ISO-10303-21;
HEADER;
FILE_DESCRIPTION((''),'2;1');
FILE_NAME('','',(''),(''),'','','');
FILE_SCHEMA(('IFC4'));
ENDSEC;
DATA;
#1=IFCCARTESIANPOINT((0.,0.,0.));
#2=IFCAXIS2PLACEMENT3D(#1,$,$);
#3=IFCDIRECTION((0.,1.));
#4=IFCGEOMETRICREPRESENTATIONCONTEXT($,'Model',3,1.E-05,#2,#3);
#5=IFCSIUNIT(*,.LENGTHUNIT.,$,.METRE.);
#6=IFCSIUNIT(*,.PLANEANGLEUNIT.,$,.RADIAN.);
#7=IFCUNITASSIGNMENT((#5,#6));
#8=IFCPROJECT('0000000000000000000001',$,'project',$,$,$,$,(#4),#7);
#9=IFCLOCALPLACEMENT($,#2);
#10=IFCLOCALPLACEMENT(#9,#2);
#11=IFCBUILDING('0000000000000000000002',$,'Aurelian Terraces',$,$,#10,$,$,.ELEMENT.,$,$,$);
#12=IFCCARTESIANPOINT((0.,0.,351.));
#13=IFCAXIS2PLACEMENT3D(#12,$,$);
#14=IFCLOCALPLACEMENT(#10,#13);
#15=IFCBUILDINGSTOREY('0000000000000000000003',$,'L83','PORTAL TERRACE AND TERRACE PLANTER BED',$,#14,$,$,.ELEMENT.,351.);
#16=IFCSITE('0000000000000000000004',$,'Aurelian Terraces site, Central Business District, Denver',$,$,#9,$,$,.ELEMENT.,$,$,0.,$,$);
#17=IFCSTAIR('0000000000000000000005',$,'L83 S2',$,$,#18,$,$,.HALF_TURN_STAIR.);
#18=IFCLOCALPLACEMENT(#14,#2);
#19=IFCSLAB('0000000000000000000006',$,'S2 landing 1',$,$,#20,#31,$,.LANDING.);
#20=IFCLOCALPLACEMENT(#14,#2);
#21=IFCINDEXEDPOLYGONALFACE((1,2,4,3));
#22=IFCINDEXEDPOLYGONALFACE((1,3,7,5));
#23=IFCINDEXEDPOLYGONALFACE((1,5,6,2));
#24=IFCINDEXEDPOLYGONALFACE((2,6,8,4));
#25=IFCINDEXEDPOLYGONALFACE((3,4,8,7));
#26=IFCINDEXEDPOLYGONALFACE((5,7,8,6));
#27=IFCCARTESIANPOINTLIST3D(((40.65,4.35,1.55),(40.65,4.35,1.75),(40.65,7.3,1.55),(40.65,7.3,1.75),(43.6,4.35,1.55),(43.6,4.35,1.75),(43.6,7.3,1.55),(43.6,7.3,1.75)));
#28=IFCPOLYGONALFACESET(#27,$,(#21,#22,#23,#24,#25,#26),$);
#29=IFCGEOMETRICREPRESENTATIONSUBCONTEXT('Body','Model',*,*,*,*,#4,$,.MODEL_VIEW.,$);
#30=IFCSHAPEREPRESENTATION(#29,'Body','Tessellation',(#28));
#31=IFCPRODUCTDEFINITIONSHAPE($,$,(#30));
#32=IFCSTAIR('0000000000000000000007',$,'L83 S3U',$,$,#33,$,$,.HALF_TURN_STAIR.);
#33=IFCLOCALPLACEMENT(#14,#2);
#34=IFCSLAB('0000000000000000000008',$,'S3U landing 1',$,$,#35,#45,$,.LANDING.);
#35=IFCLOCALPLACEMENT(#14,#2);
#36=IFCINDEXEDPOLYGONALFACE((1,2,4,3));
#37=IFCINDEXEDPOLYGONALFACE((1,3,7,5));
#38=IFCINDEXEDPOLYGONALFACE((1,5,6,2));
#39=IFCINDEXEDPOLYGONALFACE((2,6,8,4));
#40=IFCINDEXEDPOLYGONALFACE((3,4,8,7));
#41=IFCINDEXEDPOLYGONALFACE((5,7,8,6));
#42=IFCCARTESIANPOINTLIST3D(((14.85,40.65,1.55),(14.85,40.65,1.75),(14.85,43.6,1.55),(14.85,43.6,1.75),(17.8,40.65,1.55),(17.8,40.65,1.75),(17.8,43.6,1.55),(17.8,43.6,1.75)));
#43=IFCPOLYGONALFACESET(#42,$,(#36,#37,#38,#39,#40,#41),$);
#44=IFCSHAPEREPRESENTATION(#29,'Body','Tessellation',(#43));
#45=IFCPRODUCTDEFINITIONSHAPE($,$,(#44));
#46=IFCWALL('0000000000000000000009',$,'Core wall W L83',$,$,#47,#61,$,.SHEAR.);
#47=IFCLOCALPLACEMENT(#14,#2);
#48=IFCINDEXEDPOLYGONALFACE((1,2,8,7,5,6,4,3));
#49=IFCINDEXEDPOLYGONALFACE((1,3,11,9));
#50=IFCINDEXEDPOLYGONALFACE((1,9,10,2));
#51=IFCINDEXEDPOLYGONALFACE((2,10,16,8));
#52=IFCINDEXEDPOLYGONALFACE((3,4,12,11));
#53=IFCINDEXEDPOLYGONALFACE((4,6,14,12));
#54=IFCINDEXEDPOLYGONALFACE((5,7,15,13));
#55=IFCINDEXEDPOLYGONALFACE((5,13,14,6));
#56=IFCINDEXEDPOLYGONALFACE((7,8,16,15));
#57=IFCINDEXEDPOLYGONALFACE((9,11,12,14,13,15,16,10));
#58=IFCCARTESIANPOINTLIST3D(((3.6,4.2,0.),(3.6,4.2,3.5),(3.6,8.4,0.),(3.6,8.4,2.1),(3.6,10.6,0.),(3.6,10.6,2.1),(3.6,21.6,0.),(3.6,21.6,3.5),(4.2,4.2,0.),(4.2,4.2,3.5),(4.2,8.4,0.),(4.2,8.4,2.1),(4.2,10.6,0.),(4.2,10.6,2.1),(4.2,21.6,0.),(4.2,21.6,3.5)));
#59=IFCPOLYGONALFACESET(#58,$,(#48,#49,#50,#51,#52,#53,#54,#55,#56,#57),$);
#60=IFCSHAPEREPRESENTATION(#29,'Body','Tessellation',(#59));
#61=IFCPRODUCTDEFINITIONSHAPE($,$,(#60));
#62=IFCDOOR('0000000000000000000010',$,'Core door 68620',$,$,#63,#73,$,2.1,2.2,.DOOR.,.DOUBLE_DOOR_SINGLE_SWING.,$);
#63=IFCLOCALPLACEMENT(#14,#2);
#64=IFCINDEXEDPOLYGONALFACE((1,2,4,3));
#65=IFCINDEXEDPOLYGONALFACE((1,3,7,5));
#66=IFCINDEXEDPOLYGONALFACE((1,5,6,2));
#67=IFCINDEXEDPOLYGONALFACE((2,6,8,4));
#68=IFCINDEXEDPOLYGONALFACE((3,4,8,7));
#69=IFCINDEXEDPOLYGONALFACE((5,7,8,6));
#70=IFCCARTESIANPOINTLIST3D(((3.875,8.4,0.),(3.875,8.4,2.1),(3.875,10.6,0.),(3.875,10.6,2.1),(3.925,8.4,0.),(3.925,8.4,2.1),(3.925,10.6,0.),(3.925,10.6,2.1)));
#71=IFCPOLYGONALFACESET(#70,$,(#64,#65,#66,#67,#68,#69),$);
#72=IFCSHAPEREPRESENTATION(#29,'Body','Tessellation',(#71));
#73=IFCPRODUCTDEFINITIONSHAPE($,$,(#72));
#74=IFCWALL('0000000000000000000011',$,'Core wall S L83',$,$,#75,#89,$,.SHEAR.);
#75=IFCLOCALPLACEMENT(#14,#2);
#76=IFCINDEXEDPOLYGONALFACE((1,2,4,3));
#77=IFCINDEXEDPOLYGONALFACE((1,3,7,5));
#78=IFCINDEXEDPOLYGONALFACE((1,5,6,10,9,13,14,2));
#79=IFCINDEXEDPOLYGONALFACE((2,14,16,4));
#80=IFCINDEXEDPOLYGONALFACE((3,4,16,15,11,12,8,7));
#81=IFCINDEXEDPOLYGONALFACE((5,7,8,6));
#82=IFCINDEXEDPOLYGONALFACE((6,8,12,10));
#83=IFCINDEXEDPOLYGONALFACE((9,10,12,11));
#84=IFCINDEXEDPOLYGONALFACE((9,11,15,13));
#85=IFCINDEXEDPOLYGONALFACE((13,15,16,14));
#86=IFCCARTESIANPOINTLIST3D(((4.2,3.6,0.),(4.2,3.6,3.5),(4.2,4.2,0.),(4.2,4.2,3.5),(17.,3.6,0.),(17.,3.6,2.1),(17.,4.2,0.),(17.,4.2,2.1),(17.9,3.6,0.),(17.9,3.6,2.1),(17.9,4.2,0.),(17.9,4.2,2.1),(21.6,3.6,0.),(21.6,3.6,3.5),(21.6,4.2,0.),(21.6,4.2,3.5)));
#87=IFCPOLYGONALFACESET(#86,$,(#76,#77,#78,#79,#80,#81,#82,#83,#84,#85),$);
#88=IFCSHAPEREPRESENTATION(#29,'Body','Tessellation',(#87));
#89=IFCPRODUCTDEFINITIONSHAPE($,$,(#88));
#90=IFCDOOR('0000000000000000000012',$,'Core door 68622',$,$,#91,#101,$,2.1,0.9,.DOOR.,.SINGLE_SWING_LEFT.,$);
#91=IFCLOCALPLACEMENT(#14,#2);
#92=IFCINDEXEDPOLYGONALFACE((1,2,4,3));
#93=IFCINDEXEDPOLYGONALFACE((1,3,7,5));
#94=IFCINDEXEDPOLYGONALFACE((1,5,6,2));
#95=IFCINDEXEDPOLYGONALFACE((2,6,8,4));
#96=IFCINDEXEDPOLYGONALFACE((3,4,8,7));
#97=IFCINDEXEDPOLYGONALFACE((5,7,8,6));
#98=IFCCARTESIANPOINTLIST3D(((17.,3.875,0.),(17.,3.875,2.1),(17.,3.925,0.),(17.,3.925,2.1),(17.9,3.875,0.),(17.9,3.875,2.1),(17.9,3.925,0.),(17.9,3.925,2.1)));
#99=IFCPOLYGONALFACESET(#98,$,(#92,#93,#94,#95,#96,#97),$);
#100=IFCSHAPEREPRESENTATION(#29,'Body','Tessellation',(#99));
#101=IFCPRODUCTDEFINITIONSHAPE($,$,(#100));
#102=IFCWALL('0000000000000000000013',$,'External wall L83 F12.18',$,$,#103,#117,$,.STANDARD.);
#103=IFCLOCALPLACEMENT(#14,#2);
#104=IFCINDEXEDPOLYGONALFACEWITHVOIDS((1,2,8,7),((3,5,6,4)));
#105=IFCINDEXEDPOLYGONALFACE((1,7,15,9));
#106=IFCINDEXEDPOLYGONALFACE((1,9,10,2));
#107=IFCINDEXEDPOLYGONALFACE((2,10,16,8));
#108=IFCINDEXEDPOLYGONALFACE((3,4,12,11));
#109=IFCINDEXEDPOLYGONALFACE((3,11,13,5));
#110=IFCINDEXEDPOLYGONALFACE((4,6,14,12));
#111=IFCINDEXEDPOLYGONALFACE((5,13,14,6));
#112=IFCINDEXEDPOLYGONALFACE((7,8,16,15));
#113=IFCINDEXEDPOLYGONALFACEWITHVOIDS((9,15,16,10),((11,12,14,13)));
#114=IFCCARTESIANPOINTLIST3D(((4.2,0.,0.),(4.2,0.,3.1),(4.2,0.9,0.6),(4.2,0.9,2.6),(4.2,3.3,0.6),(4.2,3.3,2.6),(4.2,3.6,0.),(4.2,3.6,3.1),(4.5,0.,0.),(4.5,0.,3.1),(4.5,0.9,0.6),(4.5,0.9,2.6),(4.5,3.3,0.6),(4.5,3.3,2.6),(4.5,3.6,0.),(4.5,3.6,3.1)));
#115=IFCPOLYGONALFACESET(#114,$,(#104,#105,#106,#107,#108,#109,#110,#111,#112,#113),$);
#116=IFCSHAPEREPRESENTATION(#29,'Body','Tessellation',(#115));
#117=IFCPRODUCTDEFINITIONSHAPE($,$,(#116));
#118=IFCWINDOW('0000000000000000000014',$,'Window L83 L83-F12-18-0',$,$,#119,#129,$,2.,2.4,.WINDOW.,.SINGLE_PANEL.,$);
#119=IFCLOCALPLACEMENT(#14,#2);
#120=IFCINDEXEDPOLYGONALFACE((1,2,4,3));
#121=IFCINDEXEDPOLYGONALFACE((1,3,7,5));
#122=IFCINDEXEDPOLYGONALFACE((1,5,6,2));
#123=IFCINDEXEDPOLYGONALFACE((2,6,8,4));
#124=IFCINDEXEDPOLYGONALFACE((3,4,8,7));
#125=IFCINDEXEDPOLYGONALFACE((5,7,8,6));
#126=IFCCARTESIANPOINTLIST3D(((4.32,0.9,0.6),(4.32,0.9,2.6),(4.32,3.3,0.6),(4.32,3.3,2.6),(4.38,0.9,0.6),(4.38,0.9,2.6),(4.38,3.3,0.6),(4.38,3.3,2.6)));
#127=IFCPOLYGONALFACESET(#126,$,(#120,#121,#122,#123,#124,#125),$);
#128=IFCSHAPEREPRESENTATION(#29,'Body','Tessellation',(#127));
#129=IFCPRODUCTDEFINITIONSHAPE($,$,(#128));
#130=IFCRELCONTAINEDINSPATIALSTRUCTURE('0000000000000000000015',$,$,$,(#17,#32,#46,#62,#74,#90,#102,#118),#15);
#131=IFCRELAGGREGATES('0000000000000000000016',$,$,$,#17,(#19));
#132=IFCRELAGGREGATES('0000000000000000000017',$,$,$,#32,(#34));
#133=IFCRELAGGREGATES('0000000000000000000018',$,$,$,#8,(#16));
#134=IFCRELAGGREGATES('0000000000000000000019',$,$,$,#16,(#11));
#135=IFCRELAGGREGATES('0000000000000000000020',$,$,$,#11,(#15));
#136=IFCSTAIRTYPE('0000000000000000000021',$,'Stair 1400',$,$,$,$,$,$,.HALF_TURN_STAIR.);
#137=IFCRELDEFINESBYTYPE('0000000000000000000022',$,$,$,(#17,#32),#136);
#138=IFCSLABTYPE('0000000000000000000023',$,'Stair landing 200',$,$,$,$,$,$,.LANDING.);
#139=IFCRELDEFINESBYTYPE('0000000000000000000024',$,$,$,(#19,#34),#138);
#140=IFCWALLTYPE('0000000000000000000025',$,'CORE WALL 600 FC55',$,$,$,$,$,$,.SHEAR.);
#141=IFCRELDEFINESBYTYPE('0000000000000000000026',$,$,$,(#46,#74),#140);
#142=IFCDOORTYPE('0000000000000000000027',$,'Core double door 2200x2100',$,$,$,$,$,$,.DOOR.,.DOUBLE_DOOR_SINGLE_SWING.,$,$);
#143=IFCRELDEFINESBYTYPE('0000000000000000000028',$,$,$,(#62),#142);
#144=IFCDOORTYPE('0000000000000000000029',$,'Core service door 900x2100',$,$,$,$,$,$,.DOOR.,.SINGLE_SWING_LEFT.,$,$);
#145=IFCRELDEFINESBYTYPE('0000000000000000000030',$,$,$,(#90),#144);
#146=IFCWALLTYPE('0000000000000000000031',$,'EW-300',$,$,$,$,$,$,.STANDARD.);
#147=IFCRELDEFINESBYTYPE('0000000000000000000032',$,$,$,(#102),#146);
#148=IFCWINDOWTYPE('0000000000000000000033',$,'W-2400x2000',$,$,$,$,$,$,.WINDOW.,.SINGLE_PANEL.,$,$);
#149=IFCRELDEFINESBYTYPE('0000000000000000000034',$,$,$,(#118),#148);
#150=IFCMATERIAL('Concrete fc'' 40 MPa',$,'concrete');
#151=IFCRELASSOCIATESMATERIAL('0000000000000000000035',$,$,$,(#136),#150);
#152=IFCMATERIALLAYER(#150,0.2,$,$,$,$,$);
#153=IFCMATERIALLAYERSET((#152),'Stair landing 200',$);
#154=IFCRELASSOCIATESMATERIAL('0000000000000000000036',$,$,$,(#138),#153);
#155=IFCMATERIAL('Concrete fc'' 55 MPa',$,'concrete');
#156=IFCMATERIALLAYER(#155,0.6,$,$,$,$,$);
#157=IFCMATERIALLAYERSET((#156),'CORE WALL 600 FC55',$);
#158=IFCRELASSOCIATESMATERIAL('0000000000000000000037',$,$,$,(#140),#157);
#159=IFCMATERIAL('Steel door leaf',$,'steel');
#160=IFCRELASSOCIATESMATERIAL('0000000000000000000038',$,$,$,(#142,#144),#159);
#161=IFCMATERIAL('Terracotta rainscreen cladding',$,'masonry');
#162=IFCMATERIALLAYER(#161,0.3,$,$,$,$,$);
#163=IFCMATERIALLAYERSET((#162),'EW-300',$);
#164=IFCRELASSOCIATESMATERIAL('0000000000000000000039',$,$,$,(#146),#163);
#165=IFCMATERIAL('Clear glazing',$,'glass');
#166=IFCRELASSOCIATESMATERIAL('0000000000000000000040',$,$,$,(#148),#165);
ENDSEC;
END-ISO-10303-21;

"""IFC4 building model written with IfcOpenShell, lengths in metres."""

from ifc_helpers import new_model, si_unit, direction, frame, frame_2d, origin, place, context, subcontext, project, spatial, polyline, rectangle, outline, extrude, source, transform, mapped, material, layer, layer_set, type_object, element, fill, aggregate, save


model = new_model("IFC4")

# Units and contexts
model_context = context("Model", 3, precision=1e-05, world=origin(), true_north=direction((0.0, 1.0)))
body_context = subcontext(model_context, "Body", "Model", "MODEL_VIEW")
ifc_project = project(units=[si_unit("LENGTHUNIT", "METRE"), si_unit("PLANEANGLEUNIT", "RADIAN")], contexts=[model_context])

# Site, building, storey
site_placement = place(None, origin())
site = spatial("IfcSite", under=ifc_project, at=site_placement, Name="Aurelian Terraces site, Central Business District, Denver", CompositionType="ELEMENT", RefElevation=0.0)
building_placement = place(site_placement, origin())
building = spatial("IfcBuilding", under=site, at=building_placement, Name="Aurelian Terraces", CompositionType="ELEMENT")
storey_placement = place(building_placement, frame((0.0, 0.0, 351.0)))
storey = spatial("IfcBuildingStorey", under=building, at=storey_placement, Name="L83", Description="PORTAL TERRACE AND TERRACE PLANTER BED", CompositionType="ELEMENT", Elevation=351.0)

# Shared definitions
ifc_material_1 = material(Name="Concrete fc' 55 MPa", Category="concrete")

# Shared definitions
ifc_material_2 = material(Name="Concrete fc' 40 MPa", Category="concrete")

# Stairs, slabs
stair_type = type_object("IfcStairType", Name="Stair 1400", PredefinedType="HALF_TURN_STAIR", material=ifc_material_2)
ifc_layer_1 = layer(ifc_material_2, 0.2)
ifc_layer_set_1 = layer_set([ifc_layer_1], Name="Stair landing 200")
slab_type_1 = type_object("IfcSlabType", Name="Stair landing 200", PredefinedType="LANDING", material=ifc_layer_set_1)
stair_1_placement = place(storey_placement, origin())
stair_1 = element("IfcStair", 1, at=stair_1_placement, inside=storey, type_object=stair_type, Name="L83 S2", PredefinedType="HALF_TURN_STAIR")
shared_shape_1 = source(origin(), body_context, "Body", "SweptSolid", [
    extrude(outline(polyline([(43.6, 4.35), (43.6, 7.3), (40.65, 7.3), (40.65, 4.35), (43.6, 4.35)])), origin(), (0.0, 0.0, 1.0), 0.2),
])
slab_1_placement = place(storey_placement, frame((0.0, 0.0, 1.55)))
slab_1 = element("IfcSlab", 2, at=slab_1_placement, type_object=slab_type_1, Name="S2 landing 1", PredefinedType="LANDING", context=body_context, shape_type="MappedRepresentation", body=[
    mapped(shared_shape_1, transform((0.0, 0.0, 0.0), scale=1.0)),
])
aggregate(stair_1, [slab_1])
stair_2_placement = place(storey_placement, origin())
stair_2 = element("IfcStair", 3, at=stair_2_placement, inside=storey, type_object=stair_type, Name="L83 S3U", PredefinedType="HALF_TURN_STAIR")
shared_shape_2 = source(origin(), body_context, "Body", "SweptSolid", [
    extrude(outline(polyline([(14.85, 40.65), (17.8, 40.65), (17.8, 43.6), (14.85, 43.6), (14.85, 40.65)])), origin(), (0.0, 0.0, 1.0), 0.2),
])
slab_2_placement = place(storey_placement, frame((0.0, 0.0, 1.55)))
slab_2 = element("IfcSlab", 4, at=slab_2_placement, type_object=slab_type_1, Name="S3U landing 1", PredefinedType="LANDING", context=body_context, shape_type="MappedRepresentation", body=[
    mapped(shared_shape_2, transform((0.0, 0.0, 0.0), scale=1.0)),
])
aggregate(stair_2, [slab_2])

# Walls, openings, doors
ifc_layer_2 = layer(ifc_material_1, 0.6)
ifc_layer_set_2 = layer_set([ifc_layer_2], Name="CORE WALL 600 FC55")
wall_type_1 = type_object("IfcWallType", Name="CORE WALL 600 FC55", PredefinedType="SHEAR", material=ifc_layer_set_2)
shared_shape_3 = source(origin(), body_context, "Body", "SweptSolid", [
    extrude(rectangle(XDim=17.4, YDim=0.6, at=frame_2d((8.7, 0.0))), origin(), (0.0, 0.0, 1.0), 3.5),
])
wall_1_placement = place(storey_placement, frame((3.9, 4.2, 0.0), z_axis=(0.0, 0.0, 1.0), x_axis=(0.0, 1.0, 0.0)))
wall_1 = element("IfcWall", 5, at=wall_1_placement, inside=storey, type_object=wall_type_1, Name="Core wall W L83", PredefinedType="SHEAR", context=body_context, shape_type="MappedRepresentation", body=[
    mapped(shared_shape_3, transform((0.0, 0.0, 0.0), scale=1.0)),
])
shared_shape_4 = source(origin(), body_context, "Body", "SweptSolid", [
    extrude(rectangle(XDim=2.2, YDim=2.1, at=frame_2d((1.1, 1.05))), frame((0.0, 0.31, 0.0), z_axis=(0.0, -1.0, 0.0), x_axis=(1.0, 0.0, 0.0)), (0.0, 0.0, 1.0), 0.62),
])
opening_1_placement = place(wall_1_placement, frame((4.2, 0.0, 0.0)))
opening_1 = element("IfcOpeningElement", 6, at=opening_1_placement, cuts=wall_1, PredefinedType="OPENING", context=body_context, shape_type="MappedRepresentation", body=[
    mapped(shared_shape_4, transform((0.0, 0.0, 0.0), scale=1.0)),
])
ifc_material_3 = material(Name="Steel door leaf", Category="steel")
door_type_1 = type_object("IfcDoorType", Name="Core double door 2200x2100", OperationType="DOUBLE_DOOR_SINGLE_SWING", PredefinedType="DOOR", material=ifc_material_3)
shared_shape_5 = source(origin(), body_context, "Body", "SweptSolid", [
    extrude(rectangle(XDim=2.2, YDim=2.1, at=frame_2d((1.1, 1.05))), frame((0.0, 0.025, 0.0), z_axis=(0.0, -1.0, 0.0), x_axis=(1.0, 0.0, 0.0)), (0.0, 0.0, 1.0), 0.05),
])
door_1_placement = place(opening_1_placement, origin())
door_1 = element("IfcDoor", 7, at=door_1_placement, inside=storey, type_object=door_type_1, Name="Core door 68620", OperationType="DOUBLE_DOOR_SINGLE_SWING", OverallHeight=2.1, OverallWidth=2.2, PredefinedType="DOOR", context=body_context, shape_type="MappedRepresentation", body=[
    mapped(shared_shape_5, transform((0.0, 0.0, 0.0), scale=1.0)),
])
fill(opening_1, door_1)
wall_2_placement = place(storey_placement, frame((4.2, 3.9, 0.0), z_axis=(0.0, 0.0, 1.0), x_axis=(1.0, 0.0, 0.0)))
wall_2 = element("IfcWall", 8, at=wall_2_placement, inside=storey, type_object=wall_type_1, Name="Core wall S L83", PredefinedType="SHEAR", context=body_context, shape_type="MappedRepresentation", body=[
    mapped(shared_shape_3, transform((0.0, 0.0, 0.0), scale=1.0)),
])
shared_shape_6 = source(origin(), body_context, "Body", "SweptSolid", [
    extrude(rectangle(XDim=0.9, YDim=2.1, at=frame_2d((0.45, 1.05))), frame((0.0, 0.31, 0.0), z_axis=(0.0, -1.0, 0.0), x_axis=(1.0, 0.0, 0.0)), (0.0, 0.0, 1.0), 0.62),
])
opening_2_placement = place(wall_2_placement, frame((12.8, 0.0, 0.0)))
opening_2 = element("IfcOpeningElement", 9, at=opening_2_placement, cuts=wall_2, PredefinedType="OPENING", context=body_context, shape_type="MappedRepresentation", body=[
    mapped(shared_shape_6, transform((0.0, 0.0, 0.0), scale=1.0)),
])
door_type_2 = type_object("IfcDoorType", Name="Core service door 900x2100", OperationType="SINGLE_SWING_LEFT", PredefinedType="DOOR", material=ifc_material_3)
shared_shape_7 = source(origin(), body_context, "Body", "SweptSolid", [
    extrude(rectangle(XDim=0.9, YDim=2.1, at=frame_2d((0.45, 1.05))), frame((0.0, 0.025, 0.0), z_axis=(0.0, -1.0, 0.0), x_axis=(1.0, 0.0, 0.0)), (0.0, 0.0, 1.0), 0.05),
])
door_2_placement = place(opening_2_placement, origin())
door_2 = element("IfcDoor", 10, at=door_2_placement, inside=storey, type_object=door_type_2, Name="Core door 68622", OperationType="SINGLE_SWING_LEFT", OverallHeight=2.1, OverallWidth=0.9, PredefinedType="DOOR", context=body_context, shape_type="MappedRepresentation", body=[
    mapped(shared_shape_7, transform((0.0, 0.0, 0.0), scale=1.0)),
])
fill(opening_2, door_2)

# Wall, opening, window
ifc_material_4 = material(Name="Terracotta rainscreen cladding", Category="masonry")
ifc_layer_3 = layer(ifc_material_4, 0.3)
ifc_layer_set_3 = layer_set([ifc_layer_3], Name="EW-300")
wall_type_2 = type_object("IfcWallType", Name="EW-300", PredefinedType="STANDARD", material=ifc_layer_set_3)
shared_shape_8 = source(origin(), body_context, "Body", "SweptSolid", [
    extrude(rectangle(XDim=3.6, YDim=0.3, at=frame_2d((1.8, 0.0))), origin(), (0.0, 0.0, 1.0), 3.1),
])
wall_3_placement = place(storey_placement, frame((4.35, 3.6, 0.0), z_axis=(0.0, 0.0, 1.0), x_axis=(0.0, -1.0, 0.0)))
wall_3 = element("IfcWall", 11, at=wall_3_placement, inside=storey, type_object=wall_type_2, Name="External wall L83 F12.18", PredefinedType="STANDARD", context=body_context, shape_type="MappedRepresentation", body=[
    mapped(shared_shape_8, transform((0.0, 0.0, 0.0), scale=1.0)),
])
shared_shape_9 = source(origin(), body_context, "Body", "SweptSolid", [
    extrude(rectangle(XDim=2.4, YDim=2.0, at=frame_2d((1.2, 1.0))), frame((0.0, 0.16, 0.0), z_axis=(0.0, -1.0, 0.0), x_axis=(1.0, 0.0, 0.0)), (0.0, 0.0, 1.0), 0.32),
])
opening_3_placement = place(wall_3_placement, frame((0.3, 0.0, 0.6)))
opening_3 = element("IfcOpeningElement", 12, at=opening_3_placement, cuts=wall_3, PredefinedType="OPENING", context=body_context, shape_type="MappedRepresentation", body=[
    mapped(shared_shape_9, transform((0.0, 0.0, 0.0), scale=1.0)),
])
ifc_material_5 = material(Name="Clear glazing", Category="glass")
window_type_1 = type_object("IfcWindowType", Name="W-2400x2000", PartitioningType="SINGLE_PANEL", PredefinedType="WINDOW", material=ifc_material_5)
shared_shape_10 = source(origin(), body_context, "Body", "SweptSolid", [
    extrude(rectangle(XDim=2.4, YDim=2.0, at=frame_2d((1.2, 1.0))), frame((0.0, 0.03, 0.0), z_axis=(0.0, -1.0, 0.0), x_axis=(1.0, 0.0, 0.0)), (0.0, 0.0, 1.0), 0.06),
])
window_1_placement = place(opening_3_placement, origin())
window_1 = element("IfcWindow", 13, at=window_1_placement, inside=storey, type_object=window_type_1, Name="Window L83 L83-F12-18-0", OverallHeight=2.0, OverallWidth=2.4, PartitioningType="SINGLE_PANEL", PredefinedType="WINDOW", context=body_context, shape_type="MappedRepresentation", body=[
    mapped(shared_shape_10, transform((0.0, 0.0, 0.0), scale=1.0)),
])
fill(opening_3, window_1)

save(model, "model.ifc")
